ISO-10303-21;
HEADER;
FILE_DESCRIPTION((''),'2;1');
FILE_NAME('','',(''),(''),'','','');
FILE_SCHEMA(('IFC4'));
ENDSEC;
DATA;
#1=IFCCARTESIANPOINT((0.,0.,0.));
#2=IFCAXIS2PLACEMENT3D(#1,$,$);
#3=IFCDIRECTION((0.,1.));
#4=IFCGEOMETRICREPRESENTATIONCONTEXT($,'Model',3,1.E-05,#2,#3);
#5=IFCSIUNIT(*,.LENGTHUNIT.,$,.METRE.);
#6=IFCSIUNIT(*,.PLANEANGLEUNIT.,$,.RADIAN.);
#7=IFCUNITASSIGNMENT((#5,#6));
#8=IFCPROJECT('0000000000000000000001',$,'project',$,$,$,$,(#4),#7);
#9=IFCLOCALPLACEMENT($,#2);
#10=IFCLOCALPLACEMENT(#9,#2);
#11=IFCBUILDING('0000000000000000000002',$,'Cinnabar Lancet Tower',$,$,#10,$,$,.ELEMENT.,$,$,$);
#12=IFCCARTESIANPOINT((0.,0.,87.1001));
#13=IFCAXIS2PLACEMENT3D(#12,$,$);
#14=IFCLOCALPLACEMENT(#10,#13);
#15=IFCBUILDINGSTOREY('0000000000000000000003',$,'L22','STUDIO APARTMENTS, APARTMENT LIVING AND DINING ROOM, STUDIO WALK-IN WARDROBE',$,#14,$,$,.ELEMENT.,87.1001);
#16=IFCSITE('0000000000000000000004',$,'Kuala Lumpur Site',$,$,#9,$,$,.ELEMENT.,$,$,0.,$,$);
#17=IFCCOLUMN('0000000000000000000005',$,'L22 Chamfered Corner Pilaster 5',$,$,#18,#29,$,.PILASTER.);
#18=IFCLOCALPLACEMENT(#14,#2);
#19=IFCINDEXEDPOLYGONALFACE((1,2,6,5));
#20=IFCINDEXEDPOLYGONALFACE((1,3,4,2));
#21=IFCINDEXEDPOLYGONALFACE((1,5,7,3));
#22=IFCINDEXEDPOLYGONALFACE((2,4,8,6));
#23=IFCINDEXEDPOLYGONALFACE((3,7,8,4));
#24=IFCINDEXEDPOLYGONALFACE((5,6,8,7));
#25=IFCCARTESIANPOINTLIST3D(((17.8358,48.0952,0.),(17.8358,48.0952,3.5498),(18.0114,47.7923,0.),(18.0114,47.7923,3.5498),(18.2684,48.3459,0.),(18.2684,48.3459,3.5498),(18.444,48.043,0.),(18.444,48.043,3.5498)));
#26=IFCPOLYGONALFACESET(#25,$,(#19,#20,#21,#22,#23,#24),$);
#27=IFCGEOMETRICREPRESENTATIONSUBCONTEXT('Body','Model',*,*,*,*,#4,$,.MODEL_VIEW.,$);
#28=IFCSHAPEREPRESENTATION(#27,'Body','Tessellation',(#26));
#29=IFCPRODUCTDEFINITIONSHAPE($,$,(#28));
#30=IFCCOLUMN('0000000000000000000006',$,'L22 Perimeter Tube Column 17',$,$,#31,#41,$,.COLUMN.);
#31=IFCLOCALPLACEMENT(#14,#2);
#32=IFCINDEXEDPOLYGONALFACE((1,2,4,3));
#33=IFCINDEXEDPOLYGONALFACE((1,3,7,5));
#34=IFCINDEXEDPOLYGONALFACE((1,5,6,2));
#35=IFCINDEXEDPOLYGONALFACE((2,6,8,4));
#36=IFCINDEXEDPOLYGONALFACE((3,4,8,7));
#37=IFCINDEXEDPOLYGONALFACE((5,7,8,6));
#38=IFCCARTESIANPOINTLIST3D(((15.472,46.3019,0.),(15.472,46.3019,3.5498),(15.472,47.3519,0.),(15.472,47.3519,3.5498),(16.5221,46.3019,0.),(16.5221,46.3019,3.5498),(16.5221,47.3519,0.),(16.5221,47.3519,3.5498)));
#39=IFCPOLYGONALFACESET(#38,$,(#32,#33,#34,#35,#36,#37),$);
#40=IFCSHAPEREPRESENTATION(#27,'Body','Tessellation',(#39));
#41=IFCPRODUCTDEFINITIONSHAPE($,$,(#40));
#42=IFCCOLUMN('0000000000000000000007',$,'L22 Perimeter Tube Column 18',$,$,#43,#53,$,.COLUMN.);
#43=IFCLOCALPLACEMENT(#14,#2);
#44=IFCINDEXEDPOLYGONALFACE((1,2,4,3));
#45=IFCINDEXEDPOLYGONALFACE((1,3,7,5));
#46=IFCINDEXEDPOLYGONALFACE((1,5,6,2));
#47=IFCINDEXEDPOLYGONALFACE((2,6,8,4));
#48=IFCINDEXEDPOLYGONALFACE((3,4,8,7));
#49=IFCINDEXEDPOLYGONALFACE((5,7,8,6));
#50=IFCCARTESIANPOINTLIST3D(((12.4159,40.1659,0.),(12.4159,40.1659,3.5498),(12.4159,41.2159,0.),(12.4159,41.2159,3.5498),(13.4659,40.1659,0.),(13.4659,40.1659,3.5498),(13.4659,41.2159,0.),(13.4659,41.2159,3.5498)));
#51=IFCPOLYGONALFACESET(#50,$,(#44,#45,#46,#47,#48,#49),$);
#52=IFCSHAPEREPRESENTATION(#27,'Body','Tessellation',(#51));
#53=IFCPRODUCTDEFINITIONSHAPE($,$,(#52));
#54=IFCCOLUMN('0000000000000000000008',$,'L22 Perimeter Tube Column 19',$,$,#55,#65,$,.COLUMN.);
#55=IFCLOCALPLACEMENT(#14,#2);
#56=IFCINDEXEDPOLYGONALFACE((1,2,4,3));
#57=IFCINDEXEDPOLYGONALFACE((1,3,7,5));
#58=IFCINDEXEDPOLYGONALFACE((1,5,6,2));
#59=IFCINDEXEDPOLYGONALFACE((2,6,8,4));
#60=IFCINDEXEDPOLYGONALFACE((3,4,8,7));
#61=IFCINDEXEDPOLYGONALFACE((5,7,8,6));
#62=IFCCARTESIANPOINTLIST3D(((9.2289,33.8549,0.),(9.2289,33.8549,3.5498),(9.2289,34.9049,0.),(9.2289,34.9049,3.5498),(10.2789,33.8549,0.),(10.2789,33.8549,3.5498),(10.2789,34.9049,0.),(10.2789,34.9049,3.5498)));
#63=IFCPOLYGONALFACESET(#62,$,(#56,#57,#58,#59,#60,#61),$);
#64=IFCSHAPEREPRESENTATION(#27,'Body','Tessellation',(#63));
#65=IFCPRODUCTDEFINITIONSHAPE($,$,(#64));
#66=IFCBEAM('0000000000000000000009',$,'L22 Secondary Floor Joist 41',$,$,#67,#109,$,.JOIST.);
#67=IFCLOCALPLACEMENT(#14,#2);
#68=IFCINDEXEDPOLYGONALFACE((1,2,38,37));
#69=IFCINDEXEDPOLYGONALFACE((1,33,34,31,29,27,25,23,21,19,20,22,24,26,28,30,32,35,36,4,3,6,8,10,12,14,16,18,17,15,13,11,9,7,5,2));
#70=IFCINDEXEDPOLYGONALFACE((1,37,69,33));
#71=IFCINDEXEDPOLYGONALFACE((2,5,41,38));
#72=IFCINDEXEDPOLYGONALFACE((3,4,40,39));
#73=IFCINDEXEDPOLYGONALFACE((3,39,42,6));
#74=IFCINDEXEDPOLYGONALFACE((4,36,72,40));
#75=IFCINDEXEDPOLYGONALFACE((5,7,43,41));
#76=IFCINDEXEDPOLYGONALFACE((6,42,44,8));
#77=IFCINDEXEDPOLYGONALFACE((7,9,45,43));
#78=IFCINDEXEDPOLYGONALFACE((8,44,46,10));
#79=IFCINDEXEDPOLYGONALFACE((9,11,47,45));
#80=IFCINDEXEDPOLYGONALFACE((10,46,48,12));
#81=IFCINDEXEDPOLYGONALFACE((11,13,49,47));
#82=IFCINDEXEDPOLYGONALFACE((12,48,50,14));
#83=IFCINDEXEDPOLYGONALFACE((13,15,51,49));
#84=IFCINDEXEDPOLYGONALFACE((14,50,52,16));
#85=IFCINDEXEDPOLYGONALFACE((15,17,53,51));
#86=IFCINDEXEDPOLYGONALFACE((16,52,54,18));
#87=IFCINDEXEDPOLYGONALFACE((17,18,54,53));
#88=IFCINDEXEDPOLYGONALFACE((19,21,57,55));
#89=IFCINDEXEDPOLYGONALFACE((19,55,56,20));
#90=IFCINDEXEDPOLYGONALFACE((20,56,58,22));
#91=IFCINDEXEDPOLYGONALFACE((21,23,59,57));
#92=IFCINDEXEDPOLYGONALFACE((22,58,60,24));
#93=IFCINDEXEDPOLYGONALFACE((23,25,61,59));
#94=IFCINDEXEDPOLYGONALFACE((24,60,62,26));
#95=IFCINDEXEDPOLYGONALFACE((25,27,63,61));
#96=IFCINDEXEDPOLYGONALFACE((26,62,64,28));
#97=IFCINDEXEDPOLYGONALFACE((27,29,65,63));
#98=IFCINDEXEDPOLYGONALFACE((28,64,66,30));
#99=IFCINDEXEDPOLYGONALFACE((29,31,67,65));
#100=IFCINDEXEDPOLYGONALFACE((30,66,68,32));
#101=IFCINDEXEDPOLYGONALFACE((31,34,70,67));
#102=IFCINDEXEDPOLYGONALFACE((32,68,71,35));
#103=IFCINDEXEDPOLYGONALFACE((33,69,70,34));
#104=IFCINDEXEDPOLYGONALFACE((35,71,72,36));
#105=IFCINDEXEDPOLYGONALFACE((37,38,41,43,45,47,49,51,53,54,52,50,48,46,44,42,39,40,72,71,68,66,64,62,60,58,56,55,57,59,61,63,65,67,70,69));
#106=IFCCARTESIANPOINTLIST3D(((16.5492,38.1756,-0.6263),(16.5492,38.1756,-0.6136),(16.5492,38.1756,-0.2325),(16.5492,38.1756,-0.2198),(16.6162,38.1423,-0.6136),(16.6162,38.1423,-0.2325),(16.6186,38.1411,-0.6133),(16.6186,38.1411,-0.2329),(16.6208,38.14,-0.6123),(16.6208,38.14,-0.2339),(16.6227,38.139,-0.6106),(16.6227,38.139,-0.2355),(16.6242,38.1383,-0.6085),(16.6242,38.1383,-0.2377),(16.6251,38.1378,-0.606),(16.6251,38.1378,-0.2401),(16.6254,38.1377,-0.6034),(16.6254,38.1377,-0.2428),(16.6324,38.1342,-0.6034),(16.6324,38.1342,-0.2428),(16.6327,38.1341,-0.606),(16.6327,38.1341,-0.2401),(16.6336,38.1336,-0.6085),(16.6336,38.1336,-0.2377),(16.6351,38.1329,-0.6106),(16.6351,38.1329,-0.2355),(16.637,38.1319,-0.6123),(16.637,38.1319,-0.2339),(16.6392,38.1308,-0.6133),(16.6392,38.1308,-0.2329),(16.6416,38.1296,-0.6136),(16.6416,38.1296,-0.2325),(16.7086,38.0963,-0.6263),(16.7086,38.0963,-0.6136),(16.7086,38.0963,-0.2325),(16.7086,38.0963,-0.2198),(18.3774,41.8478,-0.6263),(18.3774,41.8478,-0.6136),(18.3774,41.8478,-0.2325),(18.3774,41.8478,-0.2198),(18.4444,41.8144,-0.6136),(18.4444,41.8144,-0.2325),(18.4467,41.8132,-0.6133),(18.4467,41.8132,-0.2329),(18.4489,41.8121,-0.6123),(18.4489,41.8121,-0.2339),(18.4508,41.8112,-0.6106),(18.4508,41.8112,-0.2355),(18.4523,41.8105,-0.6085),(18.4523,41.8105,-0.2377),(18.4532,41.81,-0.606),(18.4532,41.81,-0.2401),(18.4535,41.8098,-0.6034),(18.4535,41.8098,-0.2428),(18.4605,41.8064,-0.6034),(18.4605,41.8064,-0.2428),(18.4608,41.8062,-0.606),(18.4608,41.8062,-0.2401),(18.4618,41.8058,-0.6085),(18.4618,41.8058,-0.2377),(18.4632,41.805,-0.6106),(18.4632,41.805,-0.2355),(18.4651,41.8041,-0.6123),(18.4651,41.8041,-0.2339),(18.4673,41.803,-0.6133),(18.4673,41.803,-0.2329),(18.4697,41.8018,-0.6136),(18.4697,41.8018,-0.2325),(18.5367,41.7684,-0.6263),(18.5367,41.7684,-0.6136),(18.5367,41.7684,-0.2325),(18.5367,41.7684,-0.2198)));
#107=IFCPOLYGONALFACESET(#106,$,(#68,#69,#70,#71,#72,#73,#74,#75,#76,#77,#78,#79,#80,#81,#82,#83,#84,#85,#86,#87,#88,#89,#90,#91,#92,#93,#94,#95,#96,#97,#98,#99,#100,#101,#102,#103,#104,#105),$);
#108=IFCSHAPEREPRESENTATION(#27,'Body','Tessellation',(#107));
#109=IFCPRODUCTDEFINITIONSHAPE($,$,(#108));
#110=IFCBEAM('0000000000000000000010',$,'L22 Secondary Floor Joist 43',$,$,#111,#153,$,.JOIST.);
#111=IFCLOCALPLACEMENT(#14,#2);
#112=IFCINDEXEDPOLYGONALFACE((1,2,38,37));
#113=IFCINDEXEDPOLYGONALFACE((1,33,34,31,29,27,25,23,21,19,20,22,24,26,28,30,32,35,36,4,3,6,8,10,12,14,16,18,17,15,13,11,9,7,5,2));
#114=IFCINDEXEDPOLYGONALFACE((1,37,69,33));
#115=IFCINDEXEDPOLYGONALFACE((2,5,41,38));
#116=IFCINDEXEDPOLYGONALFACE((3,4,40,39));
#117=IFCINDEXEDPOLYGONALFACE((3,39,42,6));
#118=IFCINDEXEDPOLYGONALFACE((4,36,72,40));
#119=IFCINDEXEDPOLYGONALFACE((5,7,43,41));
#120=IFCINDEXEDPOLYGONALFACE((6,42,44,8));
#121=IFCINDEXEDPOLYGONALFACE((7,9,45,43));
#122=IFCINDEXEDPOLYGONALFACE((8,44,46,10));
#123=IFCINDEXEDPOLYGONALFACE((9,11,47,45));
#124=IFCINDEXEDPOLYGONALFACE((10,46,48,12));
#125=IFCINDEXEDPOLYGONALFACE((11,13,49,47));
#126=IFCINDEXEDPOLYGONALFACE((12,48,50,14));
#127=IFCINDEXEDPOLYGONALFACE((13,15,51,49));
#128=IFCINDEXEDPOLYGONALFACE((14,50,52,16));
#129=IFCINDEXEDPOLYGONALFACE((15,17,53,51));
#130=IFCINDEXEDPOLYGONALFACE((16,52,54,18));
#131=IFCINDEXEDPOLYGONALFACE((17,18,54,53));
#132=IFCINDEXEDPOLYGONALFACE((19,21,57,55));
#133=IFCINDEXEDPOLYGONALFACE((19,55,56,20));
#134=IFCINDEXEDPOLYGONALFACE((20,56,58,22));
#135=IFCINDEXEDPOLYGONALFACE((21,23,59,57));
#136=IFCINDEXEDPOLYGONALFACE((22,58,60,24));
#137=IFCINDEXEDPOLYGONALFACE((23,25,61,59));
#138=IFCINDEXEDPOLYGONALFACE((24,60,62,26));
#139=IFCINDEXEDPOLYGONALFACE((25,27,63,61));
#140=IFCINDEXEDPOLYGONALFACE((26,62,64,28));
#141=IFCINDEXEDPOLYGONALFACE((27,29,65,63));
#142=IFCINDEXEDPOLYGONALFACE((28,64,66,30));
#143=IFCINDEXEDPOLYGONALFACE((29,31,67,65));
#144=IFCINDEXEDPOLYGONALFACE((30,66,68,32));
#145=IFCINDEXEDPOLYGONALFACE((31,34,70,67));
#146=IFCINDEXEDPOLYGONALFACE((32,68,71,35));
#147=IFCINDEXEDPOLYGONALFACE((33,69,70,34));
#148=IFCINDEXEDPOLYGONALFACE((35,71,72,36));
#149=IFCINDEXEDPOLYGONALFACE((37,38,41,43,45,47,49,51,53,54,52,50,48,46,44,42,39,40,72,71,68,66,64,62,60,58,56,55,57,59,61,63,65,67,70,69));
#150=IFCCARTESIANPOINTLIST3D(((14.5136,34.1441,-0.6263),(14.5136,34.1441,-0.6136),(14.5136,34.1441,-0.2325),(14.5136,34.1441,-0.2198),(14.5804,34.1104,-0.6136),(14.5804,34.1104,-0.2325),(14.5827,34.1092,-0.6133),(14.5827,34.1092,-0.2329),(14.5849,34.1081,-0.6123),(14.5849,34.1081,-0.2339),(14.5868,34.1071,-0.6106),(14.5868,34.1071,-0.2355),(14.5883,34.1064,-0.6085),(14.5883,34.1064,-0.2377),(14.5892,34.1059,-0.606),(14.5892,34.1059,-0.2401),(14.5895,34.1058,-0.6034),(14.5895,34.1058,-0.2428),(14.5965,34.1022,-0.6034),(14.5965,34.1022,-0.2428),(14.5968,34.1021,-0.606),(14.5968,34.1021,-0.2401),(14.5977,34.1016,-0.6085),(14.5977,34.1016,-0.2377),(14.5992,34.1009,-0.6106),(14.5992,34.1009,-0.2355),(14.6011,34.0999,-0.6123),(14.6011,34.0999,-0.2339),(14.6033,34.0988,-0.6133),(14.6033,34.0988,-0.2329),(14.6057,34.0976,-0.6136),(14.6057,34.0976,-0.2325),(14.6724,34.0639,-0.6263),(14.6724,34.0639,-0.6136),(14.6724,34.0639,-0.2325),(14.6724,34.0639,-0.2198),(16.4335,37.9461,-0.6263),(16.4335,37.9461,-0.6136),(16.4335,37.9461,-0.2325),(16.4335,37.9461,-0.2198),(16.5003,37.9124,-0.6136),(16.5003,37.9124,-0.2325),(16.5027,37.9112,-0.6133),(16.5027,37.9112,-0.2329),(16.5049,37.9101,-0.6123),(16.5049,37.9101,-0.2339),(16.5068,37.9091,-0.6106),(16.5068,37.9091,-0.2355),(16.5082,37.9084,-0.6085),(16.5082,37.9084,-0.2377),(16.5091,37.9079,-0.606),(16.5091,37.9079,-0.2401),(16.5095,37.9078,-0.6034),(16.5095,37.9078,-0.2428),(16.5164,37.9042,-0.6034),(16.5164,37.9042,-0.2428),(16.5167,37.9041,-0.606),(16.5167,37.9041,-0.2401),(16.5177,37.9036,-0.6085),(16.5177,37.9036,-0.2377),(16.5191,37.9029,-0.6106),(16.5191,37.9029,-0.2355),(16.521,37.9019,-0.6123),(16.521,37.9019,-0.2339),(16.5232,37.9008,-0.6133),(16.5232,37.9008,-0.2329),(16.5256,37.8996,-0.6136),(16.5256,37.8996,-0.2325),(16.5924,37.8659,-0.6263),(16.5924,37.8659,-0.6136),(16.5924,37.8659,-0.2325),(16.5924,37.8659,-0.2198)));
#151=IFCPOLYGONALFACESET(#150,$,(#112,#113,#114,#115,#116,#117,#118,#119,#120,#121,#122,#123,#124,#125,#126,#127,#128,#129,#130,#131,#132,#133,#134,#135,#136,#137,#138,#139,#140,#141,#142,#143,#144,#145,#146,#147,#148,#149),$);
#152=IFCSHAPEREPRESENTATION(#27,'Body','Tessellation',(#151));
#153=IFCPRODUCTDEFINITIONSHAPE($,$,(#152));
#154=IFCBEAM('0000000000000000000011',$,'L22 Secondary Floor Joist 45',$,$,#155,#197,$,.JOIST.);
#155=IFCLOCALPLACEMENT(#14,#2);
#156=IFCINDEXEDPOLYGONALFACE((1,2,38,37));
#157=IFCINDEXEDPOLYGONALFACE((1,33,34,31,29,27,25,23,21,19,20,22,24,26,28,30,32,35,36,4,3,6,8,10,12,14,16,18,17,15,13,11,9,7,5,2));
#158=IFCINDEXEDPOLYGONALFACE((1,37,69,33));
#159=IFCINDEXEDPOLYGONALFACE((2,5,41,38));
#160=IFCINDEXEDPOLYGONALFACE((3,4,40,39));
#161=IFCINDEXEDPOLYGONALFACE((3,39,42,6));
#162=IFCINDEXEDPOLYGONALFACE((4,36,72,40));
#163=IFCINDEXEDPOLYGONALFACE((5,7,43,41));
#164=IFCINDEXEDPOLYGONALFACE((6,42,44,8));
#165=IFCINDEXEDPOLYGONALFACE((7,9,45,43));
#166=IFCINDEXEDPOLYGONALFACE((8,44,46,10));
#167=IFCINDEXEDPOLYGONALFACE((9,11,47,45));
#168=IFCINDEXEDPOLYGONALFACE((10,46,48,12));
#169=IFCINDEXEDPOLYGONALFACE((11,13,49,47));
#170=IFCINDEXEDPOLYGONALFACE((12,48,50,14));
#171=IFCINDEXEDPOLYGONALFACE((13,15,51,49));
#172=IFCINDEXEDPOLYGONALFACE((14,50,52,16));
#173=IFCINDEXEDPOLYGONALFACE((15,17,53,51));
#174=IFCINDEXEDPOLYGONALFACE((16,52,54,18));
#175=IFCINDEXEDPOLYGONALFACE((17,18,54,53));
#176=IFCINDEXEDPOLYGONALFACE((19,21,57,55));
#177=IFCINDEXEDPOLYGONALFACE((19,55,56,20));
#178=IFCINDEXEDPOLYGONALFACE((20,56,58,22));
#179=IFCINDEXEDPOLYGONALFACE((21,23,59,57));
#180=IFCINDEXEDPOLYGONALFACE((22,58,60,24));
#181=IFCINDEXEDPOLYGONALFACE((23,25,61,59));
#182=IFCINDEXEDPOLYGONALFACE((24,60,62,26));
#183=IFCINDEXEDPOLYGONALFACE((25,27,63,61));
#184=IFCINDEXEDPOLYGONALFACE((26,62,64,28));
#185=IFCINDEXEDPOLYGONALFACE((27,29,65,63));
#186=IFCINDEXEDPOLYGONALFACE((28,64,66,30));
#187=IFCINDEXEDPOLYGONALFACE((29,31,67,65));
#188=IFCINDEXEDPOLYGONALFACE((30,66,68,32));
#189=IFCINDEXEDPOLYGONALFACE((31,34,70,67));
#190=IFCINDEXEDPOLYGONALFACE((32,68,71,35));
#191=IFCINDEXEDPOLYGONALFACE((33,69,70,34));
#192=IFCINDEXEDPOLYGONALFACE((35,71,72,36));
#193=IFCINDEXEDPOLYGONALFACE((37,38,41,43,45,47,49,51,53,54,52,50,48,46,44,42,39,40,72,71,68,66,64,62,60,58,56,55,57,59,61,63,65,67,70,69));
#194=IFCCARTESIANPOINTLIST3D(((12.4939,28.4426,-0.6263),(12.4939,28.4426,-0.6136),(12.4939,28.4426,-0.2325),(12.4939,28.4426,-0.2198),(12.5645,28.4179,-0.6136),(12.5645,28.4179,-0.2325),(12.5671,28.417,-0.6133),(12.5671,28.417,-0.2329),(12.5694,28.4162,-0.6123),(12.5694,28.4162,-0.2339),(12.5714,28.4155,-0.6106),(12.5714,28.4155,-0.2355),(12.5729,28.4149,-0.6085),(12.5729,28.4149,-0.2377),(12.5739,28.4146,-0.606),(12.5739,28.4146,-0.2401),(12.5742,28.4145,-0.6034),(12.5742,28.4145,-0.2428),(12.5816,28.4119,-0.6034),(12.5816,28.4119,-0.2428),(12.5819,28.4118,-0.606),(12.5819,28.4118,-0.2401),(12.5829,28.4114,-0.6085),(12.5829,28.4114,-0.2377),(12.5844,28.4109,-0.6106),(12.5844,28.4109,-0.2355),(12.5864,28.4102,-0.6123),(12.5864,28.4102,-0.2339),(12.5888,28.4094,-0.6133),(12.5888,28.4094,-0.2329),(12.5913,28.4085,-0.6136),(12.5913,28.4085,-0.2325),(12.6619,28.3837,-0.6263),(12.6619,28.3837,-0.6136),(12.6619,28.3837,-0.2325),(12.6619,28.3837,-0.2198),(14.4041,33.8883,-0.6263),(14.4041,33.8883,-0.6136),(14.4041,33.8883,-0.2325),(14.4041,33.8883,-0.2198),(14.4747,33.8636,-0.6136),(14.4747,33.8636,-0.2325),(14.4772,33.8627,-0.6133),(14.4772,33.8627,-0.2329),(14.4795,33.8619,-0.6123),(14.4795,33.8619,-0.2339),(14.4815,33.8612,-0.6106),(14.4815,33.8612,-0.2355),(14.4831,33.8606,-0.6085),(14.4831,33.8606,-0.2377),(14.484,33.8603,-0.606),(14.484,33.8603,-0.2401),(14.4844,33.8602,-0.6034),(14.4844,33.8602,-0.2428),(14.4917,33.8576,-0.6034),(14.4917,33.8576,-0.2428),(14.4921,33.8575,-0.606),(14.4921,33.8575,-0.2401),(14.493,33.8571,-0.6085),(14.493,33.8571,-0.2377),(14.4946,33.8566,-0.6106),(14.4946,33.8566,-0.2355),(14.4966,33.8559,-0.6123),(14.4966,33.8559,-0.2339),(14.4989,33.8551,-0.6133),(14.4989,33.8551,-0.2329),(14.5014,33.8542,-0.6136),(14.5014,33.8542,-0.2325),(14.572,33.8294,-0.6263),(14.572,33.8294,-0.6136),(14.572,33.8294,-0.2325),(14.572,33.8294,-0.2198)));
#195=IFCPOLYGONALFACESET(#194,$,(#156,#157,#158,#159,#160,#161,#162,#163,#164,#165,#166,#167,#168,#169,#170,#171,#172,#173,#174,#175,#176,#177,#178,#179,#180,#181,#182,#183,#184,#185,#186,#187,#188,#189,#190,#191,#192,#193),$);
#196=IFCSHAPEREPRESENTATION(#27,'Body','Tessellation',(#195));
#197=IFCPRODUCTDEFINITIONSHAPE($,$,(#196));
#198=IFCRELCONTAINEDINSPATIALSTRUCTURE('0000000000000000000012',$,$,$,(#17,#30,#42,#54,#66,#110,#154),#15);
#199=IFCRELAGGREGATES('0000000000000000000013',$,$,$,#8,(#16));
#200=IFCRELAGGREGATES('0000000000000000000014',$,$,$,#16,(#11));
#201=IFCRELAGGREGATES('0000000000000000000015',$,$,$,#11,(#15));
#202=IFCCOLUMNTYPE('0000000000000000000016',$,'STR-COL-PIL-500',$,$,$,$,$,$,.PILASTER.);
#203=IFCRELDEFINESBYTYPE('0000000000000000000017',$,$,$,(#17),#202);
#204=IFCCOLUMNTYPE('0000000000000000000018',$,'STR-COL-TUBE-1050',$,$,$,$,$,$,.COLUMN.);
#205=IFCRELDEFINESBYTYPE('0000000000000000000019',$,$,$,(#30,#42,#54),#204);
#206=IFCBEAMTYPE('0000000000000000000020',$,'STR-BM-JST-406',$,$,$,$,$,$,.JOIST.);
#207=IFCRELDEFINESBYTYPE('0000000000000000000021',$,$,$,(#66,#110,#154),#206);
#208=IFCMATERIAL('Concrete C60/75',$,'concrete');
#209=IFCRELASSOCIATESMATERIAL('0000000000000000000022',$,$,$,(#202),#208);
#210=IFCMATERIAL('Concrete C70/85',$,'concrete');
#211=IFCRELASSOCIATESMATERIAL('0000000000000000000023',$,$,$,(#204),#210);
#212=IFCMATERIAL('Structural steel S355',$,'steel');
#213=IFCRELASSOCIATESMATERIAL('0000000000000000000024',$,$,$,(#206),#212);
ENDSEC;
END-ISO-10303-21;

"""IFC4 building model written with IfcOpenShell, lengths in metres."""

from ifc_helpers import new_model, si_unit, direction, frame, origin, origin_2d, place, context, subcontext, project, spatial, rectangle, i_section, extrude, material, material_profile, profile_set, type_object, element, save


model = new_model("IFC4")

# Units and contexts
model_context = context("Model", 3, precision=1e-05, world=origin(), true_north=direction((0.0, 1.0)))
body_context = subcontext(model_context, "Body", "Model", "MODEL_VIEW")
ifc_project = project(units=[si_unit("LENGTHUNIT", "METRE"), si_unit("PLANEANGLEUNIT", "RADIAN")], contexts=[model_context])

# Site, building, storey
site_placement = place(None, origin())
site = spatial("IfcSite", under=ifc_project, at=site_placement, Name="Kuala Lumpur Site", CompositionType="ELEMENT", RefElevation=0.0)
building_placement = place(site_placement, origin())
building = spatial("IfcBuilding", under=site, at=building_placement, Name="Cinnabar Lancet Tower", CompositionType="ELEMENT")
storey_placement = place(building_placement, frame((0.0, 0.0, 87.1001)))
storey = spatial("IfcBuildingStorey", under=building, at=storey_placement, Name="L22", Description="STUDIO APARTMENTS, APARTMENT LIVING AND DINING ROOM, STUDIO WALK-IN WARDROBE", CompositionType="ELEMENT", Elevation=87.1001)

# Columns
ifc_material_1 = material(Name="Concrete C60/75", Category="concrete")
ifc_material_profile_1 = material_profile(ifc_material_1, rectangle(XDim=0.5, YDim=0.3501, at=origin_2d()), Name="RC-PIL 500x350")
ifc_profile_set_1 = profile_set([ifc_material_profile_1], Name="Concrete C60/75")
column_type_1 = type_object("IfcColumnType", Name="STR-COL-PIL-500", PredefinedType="PILASTER", material=ifc_profile_set_1)
column_placement = place(storey_placement, frame((18.1399, 48.0691, 0.0), z_axis=(0.0, 0.0, 1.0), x_axis=(-0.865195, -0.501435, 0.0)))
element("IfcColumn", 1, at=column_placement, inside=storey, type_object=column_type_1, Name="L22 Chamfered Corner Pilaster 5", PredefinedType="PILASTER", context=body_context, shape_type="SweptSolid", body=[
    extrude(rectangle(XDim=0.5, YDim=0.3501, at=origin_2d()), origin(), (0.0, 0.0, 1.0), 3.5498),
])
ifc_material_2 = material(Name="Concrete C70/85", Category="concrete")
ifc_material_profile_2 = material_profile(ifc_material_2, rectangle(XDim=1.05, YDim=1.05, at=origin_2d()), Name="RC-COL 1050x1050")
ifc_profile_set_2 = profile_set([ifc_material_profile_2], Name="Concrete C70/85")
column_type_2 = type_object("IfcColumnType", Name="STR-COL-TUBE-1050", PredefinedType="COLUMN", material=ifc_profile_set_2)
for number, where, z_axis, x_axis, name in (
    (2, (15.9971, 46.8269, 0.0), (0.0, 0.0, 1.0), (1.0, 0.0, 0.0), "L22 Perimeter Tube Column 17"),
    (3, (12.9409, 40.6909, 0.0), (0.0, 0.0, 1.0), (1.0, 0.0, 0.0), "L22 Perimeter Tube Column 18"),
    (4, (9.7539, 34.3799, 0.0), (0.0, 0.0, 1.0), (1.0, 0.0, 0.0), "L22 Perimeter Tube Column 19"),
):
    element("IfcColumn", number, at=place(storey_placement, frame(where, z_axis=z_axis, x_axis=x_axis)), inside=storey, type_object=column_type_2, Name=name, PredefinedType="COLUMN", context=body_context, shape_type="SweptSolid", body=[
        extrude(rectangle(XDim=1.05, YDim=1.05, at=origin_2d()), origin(), (0.0, 0.0, 1.0), 3.5498),
    ])

# Beams
ifc_material_3 = material(Name="Structural steel S355", Category="steel")
ifc_material_profile_3 = material_profile(ifc_material_3, i_section(OverallWidth=0.178, OverallDepth=0.4065, WebThickness=0.0078, FlangeThickness=0.0127, FilletRadius=0.0103, at=origin_2d()), Name="UKB 406x178x60")
ifc_profile_set_3 = profile_set([ifc_material_profile_3], Name="Structural steel S355")
beam_type_1 = type_object("IfcBeamType", Name="STR-BM-JST-406", PredefinedType="JOIST", material=ifc_profile_set_3)
beam_1_placement = place(storey_placement, frame((18.457, 41.8081, -0.4231), z_axis=(-0.445665, -0.8952, 0.0), x_axis=(0.8952, -0.445665, 0.0)))
element("IfcBeam", 5, at=beam_1_placement, inside=storey, type_object=beam_type_1, Name="L22 Secondary Floor Joist 41", PredefinedType="JOIST", context=body_context, shape_type="SweptSolid", body=[
    extrude(i_section(OverallWidth=0.178, OverallDepth=0.4065, WebThickness=0.0078, FlangeThickness=0.0127, FilletRadius=0.0103, at=origin_2d()), origin(), (0.0, 0.0, 1.0), 4.1021),
])
beam_2_placement = place(storey_placement, frame((16.5129, 37.906, -0.4231), z_axis=(-0.450764, -0.892643, 0.0), x_axis=(0.892643, -0.450764, 0.0)))
element("IfcBeam", 6, at=beam_2_placement, inside=storey, type_object=beam_type_1, Name="L22 Secondary Floor Joist 43", PredefinedType="JOIST", context=body_context, shape_type="SweptSolid", body=[
    extrude(i_section(OverallWidth=0.178, OverallDepth=0.4065, WebThickness=0.0078, FlangeThickness=0.0127, FilletRadius=0.0103, at=origin_2d()), origin(), (0.0, 0.0, 1.0), 4.2593),
])
beam_3_placement = place(storey_placement, frame((14.488, 33.8589, -0.4231), z_axis=(-0.330987, -0.943635, 0.0), x_axis=(0.943635, -0.330987, 0.0)))
element("IfcBeam", 7, at=beam_3_placement, inside=storey, type_object=beam_type_1, Name="L22 Secondary Floor Joist 45", PredefinedType="JOIST", context=body_context, shape_type="SweptSolid", body=[
    extrude(i_section(OverallWidth=0.178, OverallDepth=0.4065, WebThickness=0.0078, FlangeThickness=0.0127, FilletRadius=0.0103, at=origin_2d()), origin(), (0.0, 0.0, 1.0), 5.771),
])

save(model, "model.ifc")
